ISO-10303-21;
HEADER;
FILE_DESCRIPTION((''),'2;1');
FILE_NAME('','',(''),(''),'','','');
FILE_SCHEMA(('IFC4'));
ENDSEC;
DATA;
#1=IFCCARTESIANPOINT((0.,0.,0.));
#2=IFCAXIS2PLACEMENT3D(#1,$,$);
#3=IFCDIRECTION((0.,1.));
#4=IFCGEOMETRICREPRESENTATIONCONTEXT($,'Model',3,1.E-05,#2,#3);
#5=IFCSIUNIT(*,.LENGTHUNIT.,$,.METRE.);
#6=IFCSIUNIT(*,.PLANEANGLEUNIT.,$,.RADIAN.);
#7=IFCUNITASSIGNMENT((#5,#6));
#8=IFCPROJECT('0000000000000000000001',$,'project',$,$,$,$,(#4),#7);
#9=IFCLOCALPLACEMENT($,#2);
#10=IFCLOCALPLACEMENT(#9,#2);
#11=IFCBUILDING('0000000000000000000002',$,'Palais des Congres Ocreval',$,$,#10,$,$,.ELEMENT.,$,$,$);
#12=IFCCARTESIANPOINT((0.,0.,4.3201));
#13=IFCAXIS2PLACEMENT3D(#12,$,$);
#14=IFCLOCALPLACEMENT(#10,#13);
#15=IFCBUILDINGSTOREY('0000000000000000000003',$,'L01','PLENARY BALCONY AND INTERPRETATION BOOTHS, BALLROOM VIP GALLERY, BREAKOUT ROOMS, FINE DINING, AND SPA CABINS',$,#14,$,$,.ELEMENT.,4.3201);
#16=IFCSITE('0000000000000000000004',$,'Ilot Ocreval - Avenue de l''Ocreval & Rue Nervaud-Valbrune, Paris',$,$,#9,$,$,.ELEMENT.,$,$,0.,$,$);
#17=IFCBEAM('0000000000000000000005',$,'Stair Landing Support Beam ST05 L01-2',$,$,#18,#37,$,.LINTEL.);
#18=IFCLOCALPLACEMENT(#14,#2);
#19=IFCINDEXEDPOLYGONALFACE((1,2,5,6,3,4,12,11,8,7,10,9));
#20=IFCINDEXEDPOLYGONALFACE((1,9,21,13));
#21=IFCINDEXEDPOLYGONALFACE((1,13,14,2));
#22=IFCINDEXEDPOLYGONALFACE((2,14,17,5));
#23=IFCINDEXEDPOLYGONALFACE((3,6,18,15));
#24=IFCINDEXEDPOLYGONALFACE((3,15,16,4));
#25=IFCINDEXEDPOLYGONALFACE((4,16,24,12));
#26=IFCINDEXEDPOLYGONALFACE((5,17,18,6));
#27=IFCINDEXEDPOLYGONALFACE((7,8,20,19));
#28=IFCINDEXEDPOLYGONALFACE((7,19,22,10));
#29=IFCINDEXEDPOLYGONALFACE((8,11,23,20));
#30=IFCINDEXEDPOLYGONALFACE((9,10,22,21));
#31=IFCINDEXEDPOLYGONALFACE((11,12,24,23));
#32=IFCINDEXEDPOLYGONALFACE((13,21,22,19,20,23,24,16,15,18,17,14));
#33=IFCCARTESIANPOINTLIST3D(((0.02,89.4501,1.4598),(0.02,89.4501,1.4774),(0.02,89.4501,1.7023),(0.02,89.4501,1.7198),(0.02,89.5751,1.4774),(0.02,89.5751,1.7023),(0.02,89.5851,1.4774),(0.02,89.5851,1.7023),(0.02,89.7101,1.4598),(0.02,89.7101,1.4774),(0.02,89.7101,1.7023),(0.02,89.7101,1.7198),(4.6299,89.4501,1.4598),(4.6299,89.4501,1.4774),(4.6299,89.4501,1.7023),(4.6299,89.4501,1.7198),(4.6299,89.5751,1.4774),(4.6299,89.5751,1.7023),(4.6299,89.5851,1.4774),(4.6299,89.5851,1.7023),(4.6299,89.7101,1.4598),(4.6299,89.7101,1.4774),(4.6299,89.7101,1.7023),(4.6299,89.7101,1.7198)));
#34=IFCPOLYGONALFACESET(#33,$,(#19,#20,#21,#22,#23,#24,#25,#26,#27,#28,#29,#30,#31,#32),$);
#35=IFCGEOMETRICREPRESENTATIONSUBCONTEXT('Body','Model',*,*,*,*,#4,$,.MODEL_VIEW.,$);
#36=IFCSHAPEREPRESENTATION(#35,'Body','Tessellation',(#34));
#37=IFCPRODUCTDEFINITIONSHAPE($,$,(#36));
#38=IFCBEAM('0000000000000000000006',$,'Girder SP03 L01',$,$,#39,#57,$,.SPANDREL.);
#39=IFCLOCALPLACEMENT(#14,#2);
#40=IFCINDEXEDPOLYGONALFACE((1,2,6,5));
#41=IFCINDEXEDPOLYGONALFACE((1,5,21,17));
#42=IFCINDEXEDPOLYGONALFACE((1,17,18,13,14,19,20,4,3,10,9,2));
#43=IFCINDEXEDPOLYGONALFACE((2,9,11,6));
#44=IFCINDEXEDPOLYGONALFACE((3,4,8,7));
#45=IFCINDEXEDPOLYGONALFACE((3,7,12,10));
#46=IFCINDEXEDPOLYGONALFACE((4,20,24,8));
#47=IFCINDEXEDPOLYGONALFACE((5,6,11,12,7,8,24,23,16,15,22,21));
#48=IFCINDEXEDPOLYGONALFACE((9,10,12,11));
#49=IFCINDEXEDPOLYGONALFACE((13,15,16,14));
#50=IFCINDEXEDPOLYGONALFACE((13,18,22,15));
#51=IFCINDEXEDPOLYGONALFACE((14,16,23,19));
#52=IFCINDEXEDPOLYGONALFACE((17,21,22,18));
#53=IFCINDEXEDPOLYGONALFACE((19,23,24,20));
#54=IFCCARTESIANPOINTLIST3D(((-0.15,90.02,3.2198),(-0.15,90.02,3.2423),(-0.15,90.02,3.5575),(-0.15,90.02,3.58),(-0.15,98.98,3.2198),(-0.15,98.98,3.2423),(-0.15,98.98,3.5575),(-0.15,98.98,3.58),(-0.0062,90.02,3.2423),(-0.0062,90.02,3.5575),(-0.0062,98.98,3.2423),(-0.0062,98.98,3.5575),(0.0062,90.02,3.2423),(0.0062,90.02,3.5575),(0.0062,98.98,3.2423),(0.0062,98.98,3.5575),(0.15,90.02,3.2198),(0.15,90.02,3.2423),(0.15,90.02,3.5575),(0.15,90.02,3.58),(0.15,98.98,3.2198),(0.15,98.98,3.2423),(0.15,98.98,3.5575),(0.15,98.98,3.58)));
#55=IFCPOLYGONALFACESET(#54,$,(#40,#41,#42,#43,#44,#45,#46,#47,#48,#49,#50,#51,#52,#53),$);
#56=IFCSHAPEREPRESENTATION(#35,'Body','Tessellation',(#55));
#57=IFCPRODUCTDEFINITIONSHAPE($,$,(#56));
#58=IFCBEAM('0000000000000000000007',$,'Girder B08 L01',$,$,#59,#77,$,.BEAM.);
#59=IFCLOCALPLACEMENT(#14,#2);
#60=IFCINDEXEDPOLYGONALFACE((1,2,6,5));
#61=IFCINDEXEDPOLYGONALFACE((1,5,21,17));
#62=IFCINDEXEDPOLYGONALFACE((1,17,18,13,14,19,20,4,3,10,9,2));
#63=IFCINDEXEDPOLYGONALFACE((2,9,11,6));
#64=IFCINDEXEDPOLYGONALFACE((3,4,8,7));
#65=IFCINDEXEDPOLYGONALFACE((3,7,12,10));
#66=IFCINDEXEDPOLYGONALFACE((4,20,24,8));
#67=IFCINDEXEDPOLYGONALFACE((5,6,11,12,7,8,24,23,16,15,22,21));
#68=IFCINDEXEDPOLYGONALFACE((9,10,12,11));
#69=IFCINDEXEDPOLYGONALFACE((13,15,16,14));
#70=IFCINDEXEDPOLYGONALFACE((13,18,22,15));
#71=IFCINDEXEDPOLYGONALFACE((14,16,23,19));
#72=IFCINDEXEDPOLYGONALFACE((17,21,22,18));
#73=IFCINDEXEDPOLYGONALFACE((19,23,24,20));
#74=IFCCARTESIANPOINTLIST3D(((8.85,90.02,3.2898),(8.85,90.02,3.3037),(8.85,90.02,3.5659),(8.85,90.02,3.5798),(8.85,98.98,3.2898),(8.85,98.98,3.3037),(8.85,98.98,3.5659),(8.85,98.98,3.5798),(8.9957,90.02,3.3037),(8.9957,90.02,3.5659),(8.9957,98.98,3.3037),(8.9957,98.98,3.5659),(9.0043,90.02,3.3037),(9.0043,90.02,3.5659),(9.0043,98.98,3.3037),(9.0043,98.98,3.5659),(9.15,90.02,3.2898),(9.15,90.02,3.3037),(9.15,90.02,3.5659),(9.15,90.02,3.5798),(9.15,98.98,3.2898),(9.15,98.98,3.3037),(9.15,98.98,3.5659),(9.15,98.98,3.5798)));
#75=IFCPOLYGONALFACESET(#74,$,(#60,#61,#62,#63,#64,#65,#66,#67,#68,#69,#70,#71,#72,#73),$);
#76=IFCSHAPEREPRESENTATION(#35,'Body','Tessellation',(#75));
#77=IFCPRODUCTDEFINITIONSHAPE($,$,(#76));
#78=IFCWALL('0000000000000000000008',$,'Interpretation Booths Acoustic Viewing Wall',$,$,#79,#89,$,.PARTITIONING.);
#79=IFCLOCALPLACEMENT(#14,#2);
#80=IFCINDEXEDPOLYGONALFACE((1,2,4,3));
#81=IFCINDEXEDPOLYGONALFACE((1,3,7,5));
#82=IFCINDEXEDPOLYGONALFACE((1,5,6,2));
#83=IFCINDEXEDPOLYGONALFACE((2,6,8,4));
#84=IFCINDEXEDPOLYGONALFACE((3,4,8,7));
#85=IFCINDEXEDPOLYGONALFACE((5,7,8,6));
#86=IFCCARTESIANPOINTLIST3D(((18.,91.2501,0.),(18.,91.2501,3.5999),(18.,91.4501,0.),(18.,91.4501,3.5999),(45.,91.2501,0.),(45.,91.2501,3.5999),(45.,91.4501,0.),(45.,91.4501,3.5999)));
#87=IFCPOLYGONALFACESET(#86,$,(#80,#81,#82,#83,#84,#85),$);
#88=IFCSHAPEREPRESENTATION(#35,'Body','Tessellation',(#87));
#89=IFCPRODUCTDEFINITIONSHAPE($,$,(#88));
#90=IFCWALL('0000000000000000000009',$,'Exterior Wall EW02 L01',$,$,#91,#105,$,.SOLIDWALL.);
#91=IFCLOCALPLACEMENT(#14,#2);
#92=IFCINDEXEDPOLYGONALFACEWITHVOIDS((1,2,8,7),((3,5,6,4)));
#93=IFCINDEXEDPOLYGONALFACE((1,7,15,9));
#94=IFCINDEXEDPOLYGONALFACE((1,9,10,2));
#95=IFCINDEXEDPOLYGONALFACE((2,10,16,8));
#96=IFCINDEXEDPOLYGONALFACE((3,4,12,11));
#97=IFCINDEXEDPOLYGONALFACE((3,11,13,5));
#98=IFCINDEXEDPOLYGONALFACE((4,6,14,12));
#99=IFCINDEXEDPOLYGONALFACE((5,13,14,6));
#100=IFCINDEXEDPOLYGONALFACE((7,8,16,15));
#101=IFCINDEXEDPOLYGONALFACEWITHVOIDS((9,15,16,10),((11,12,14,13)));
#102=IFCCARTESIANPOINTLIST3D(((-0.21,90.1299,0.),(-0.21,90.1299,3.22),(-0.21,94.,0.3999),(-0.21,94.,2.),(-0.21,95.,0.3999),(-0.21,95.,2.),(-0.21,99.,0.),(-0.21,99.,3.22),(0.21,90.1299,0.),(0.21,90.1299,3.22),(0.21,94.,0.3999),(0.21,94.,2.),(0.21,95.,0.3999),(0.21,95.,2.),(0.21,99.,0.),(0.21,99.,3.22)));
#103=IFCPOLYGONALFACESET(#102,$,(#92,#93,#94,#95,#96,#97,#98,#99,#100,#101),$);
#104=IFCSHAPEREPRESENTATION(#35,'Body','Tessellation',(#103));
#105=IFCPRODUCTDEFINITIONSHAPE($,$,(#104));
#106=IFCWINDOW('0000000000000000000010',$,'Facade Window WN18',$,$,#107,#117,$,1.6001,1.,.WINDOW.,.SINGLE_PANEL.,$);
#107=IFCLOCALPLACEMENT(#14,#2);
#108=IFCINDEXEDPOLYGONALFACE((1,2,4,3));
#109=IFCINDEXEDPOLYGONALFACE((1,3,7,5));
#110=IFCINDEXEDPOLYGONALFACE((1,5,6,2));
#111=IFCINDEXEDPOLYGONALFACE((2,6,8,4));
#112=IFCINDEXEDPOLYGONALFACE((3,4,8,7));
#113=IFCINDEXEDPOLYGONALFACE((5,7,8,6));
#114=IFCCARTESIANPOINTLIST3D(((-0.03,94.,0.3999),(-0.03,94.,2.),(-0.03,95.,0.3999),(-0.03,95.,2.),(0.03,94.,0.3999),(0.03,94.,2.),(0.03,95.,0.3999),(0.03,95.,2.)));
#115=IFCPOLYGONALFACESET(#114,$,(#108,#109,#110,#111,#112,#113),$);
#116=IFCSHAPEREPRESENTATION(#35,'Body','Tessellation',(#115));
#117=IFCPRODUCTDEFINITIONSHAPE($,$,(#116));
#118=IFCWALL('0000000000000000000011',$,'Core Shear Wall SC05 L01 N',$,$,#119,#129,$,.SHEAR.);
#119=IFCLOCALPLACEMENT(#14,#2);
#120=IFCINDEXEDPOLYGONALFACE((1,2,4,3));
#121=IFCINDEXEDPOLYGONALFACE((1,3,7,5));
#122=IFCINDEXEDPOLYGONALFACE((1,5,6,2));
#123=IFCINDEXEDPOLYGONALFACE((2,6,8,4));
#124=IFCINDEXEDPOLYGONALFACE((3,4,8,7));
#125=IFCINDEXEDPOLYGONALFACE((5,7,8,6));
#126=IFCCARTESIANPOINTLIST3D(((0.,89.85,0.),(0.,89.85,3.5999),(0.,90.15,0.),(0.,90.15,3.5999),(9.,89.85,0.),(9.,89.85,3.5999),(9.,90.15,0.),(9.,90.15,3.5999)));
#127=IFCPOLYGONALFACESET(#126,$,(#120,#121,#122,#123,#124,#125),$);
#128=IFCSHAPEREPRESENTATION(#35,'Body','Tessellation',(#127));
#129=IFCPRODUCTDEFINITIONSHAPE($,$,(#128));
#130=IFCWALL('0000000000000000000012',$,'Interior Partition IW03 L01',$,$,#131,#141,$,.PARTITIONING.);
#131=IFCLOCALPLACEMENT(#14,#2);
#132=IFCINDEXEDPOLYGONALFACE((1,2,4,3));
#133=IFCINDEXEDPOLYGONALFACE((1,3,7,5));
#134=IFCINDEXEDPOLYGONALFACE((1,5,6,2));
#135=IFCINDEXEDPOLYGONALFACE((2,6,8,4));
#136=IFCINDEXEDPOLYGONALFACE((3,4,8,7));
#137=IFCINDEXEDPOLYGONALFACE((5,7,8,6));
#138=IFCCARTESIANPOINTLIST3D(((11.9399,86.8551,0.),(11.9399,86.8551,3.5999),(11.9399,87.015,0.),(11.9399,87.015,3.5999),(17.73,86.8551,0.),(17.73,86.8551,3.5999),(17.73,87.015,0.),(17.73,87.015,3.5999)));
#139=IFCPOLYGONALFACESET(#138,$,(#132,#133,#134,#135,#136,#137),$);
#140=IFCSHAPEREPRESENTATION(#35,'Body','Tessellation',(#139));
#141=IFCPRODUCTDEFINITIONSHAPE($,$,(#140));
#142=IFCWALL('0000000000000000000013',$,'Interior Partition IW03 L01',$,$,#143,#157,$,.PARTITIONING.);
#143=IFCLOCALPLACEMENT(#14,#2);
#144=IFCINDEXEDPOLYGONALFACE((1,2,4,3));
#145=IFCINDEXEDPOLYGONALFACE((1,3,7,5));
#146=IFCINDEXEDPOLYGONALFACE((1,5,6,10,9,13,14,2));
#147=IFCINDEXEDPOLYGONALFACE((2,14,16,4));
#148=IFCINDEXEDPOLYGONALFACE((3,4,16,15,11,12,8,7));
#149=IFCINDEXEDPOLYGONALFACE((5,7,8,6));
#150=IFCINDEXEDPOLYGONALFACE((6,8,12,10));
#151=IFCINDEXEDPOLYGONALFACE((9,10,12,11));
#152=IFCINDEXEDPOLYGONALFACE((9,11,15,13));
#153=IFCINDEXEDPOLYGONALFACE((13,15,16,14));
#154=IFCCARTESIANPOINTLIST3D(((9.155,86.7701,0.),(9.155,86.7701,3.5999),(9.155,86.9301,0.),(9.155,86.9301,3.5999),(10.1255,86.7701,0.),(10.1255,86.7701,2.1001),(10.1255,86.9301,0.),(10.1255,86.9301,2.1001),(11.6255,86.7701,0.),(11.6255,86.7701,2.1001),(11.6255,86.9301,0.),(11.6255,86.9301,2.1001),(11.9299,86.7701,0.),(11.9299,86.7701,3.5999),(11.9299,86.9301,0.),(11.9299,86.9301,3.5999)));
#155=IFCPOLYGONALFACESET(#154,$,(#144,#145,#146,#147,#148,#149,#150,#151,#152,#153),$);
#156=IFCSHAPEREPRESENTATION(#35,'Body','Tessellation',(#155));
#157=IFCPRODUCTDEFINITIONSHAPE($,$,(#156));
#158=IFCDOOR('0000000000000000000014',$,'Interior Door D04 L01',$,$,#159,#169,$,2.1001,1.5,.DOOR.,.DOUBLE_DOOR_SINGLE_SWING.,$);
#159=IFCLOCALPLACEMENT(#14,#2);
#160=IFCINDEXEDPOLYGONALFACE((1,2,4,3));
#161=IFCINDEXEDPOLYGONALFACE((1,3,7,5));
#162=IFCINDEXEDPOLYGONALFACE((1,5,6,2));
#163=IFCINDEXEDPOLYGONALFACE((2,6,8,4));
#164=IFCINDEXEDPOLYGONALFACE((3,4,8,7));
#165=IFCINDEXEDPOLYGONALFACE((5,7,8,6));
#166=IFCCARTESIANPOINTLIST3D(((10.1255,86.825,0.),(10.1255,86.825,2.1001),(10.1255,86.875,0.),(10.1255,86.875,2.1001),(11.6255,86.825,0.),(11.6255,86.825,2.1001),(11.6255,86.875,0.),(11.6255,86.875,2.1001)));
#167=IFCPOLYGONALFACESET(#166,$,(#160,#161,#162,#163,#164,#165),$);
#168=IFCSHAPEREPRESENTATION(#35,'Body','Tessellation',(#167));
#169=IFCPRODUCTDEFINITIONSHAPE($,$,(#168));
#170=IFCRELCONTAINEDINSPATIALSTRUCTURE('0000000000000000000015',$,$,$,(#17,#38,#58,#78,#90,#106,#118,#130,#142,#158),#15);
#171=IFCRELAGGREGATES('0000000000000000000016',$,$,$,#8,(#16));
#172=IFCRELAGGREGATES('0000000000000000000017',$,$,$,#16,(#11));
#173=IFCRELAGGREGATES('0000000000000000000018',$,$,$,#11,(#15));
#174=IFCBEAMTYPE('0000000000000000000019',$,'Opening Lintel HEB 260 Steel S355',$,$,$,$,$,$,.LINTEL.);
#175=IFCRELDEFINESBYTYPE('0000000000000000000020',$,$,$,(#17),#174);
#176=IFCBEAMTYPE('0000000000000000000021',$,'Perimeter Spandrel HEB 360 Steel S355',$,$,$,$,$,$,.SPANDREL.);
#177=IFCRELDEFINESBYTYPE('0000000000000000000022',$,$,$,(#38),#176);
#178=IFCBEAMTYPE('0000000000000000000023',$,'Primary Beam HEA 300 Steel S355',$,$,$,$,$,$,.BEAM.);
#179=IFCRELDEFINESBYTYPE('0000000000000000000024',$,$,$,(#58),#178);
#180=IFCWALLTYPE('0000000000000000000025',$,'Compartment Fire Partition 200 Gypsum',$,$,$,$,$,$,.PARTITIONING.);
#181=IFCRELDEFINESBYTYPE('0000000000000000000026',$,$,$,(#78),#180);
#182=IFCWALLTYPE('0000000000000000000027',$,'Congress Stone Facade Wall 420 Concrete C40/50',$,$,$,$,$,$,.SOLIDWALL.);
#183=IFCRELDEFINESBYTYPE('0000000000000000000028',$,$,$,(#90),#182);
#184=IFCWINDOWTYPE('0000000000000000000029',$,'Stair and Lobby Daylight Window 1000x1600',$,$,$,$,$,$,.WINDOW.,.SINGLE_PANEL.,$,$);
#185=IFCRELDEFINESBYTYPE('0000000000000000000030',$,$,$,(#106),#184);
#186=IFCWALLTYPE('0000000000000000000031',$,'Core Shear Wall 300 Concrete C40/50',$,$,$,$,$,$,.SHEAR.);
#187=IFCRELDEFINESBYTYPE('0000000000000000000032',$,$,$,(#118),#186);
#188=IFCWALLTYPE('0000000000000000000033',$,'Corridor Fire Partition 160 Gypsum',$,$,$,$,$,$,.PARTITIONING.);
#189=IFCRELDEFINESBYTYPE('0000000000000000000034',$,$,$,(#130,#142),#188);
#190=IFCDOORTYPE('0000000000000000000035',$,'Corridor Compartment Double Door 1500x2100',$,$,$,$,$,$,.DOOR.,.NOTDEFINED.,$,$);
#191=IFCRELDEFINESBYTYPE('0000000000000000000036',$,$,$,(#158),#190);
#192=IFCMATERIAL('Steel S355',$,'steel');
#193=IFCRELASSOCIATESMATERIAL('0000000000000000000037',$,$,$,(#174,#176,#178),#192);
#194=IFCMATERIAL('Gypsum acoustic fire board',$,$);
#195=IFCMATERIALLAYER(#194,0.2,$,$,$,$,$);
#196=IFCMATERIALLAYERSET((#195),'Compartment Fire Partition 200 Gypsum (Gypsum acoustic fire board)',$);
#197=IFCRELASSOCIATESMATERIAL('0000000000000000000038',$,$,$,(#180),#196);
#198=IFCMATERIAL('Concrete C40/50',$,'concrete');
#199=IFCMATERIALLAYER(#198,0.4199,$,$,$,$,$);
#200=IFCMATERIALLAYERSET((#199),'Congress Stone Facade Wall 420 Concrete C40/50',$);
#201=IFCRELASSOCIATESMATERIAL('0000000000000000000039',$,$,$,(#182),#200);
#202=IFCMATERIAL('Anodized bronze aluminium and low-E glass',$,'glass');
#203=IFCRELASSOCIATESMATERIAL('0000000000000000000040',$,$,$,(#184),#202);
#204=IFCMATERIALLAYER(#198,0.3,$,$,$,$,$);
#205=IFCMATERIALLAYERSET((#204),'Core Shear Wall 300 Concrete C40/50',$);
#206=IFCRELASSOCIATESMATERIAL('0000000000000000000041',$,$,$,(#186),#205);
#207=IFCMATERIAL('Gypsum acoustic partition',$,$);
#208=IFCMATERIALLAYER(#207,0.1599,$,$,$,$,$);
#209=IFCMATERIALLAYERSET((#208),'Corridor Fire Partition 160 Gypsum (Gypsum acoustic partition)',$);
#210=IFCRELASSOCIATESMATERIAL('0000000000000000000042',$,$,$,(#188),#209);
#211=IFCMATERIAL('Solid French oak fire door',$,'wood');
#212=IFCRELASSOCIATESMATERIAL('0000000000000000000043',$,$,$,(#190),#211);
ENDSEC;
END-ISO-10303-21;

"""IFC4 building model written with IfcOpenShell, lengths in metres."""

from ifc_helpers import new_model, si_unit, direction, frame, frame_2d, origin, origin_2d, place, context, subcontext, project, spatial, rectangle, i_section, extrude, material, layer, layer_set, material_profile, profile_set, type_object, element, fill, save


model = new_model("IFC4")

# Units and contexts
model_context = context("Model", 3, precision=1e-05, world=origin(), true_north=direction((0.0, 1.0)))
body_context = subcontext(model_context, "Body", "Model", "MODEL_VIEW")
ifc_project = project(units=[si_unit("LENGTHUNIT", "METRE"), si_unit("PLANEANGLEUNIT", "RADIAN")], contexts=[model_context])

# Site, building, storey
site_placement = place(None, origin())
site = spatial("IfcSite", under=ifc_project, at=site_placement, Name="Ilot Ocreval - Avenue de l'Ocreval & Rue Nervaud-Valbrune, Paris", CompositionType="ELEMENT", RefElevation=0.0)
building_placement = place(site_placement, origin())
building = spatial("IfcBuilding", under=site, at=building_placement, Name="Palais des Congres Ocreval", CompositionType="ELEMENT")
storey_placement = place(building_placement, frame((0.0, 0.0, 4.3201)))
storey = spatial("IfcBuildingStorey", under=building, at=storey_placement, Name="L01", Description="PLENARY BALCONY AND INTERPRETATION BOOTHS, BALLROOM VIP GALLERY, BREAKOUT ROOMS, FINE DINING, AND SPA CABINS", CompositionType="ELEMENT", Elevation=4.3201)

# Shared definitions
ifc_material_1 = material(Name="Steel S355", Category="steel")

# Beams
ifc_material_profile_1 = material_profile(ifc_material_1, i_section(OverallWidth=0.26, OverallDepth=0.26, WebThickness=0.01, FlangeThickness=0.0176, at=origin_2d()), Name="HEB 260")
ifc_profile_set_1 = profile_set([ifc_material_profile_1], Name="Steel S355")
beam_type_1 = type_object("IfcBeamType", Name="Opening Lintel HEB 260 Steel S355", PredefinedType="LINTEL", material=ifc_profile_set_1)
for number, where, z_axis, x_axis, name in (
    (1, (0.02, 89.5801, 1.5898), (1.0, 0.0, 0.0), (0.0, 1.0, 0.0), "Stair Landing Support Beam ST05 L01-2"),
):
    element("IfcBeam", number, at=place(storey_placement, frame(where, z_axis=z_axis, x_axis=x_axis)), inside=storey, type_object=beam_type_1, Name=name, PredefinedType="LINTEL", context=body_context, shape_type="SweptSolid", body=[
        extrude(i_section(OverallWidth=0.26, OverallDepth=0.26, WebThickness=0.01, FlangeThickness=0.0176, at=origin_2d()), origin(), (0.0, 0.0, 1.0), 4.6099),
    ])
ifc_material_profile_2 = material_profile(ifc_material_1, i_section(OverallWidth=0.3, OverallDepth=0.3601, WebThickness=0.0125, FlangeThickness=0.0225, at=origin_2d()), Name="HEB 360")
ifc_profile_set_2 = profile_set([ifc_material_profile_2], Name="Steel S355")
beam_type_2 = type_object("IfcBeamType", Name="Perimeter Spandrel HEB 360 Steel S355", PredefinedType="SPANDREL", material=ifc_profile_set_2)
beam_1_placement = place(storey_placement, frame((0.0, 90.02, 3.3999), z_axis=(0.0, 1.0, 0.0), x_axis=(-1.0, 0.0, 0.0)))
element("IfcBeam", 2, at=beam_1_placement, inside=storey, type_object=beam_type_2, Name="Girder SP03 L01", PredefinedType="SPANDREL", context=body_context, shape_type="SweptSolid", body=[
    extrude(i_section(OverallWidth=0.3, OverallDepth=0.3601, WebThickness=0.0125, FlangeThickness=0.0225, at=origin_2d()), origin(), (0.0, 0.0, 1.0), 8.96),
])
ifc_material_profile_3 = material_profile(ifc_material_1, i_section(OverallWidth=0.3, OverallDepth=0.29, WebThickness=0.0085, FlangeThickness=0.0139, at=origin_2d()), Name="HEA 300")
ifc_profile_set_3 = profile_set([ifc_material_profile_3], Name="Steel S355")
beam_type_3 = type_object("IfcBeamType", Name="Primary Beam HEA 300 Steel S355", PredefinedType="BEAM", material=ifc_profile_set_3)
beam_2_placement = place(storey_placement, frame((9.0, 90.02, 3.4348), z_axis=(0.0, 1.0, 0.0), x_axis=(-1.0, 0.0, 0.0)))
element("IfcBeam", 3, at=beam_2_placement, inside=storey, type_object=beam_type_3, Name="Girder B08 L01", PredefinedType="BEAM", context=body_context, shape_type="SweptSolid", body=[
    extrude(i_section(OverallWidth=0.3, OverallDepth=0.29, WebThickness=0.0085, FlangeThickness=0.0139, at=origin_2d()), origin(), (0.0, 0.0, 1.0), 8.96),
])

# Wall
ifc_material_2 = material(Name="Gypsum acoustic fire board")
ifc_layer_1 = layer(ifc_material_2, 0.2)
ifc_layer_set_1 = layer_set([ifc_layer_1], Name="Compartment Fire Partition 200 Gypsum (Gypsum acoustic fire board)")
wall_type_1 = type_object("IfcWallType", Name="Compartment Fire Partition 200 Gypsum", PredefinedType="PARTITIONING", material=ifc_layer_set_1)
wall_1_placement = place(storey_placement, frame((18.0, 91.3501, 0.0), z_axis=(0.0, 0.0, 1.0), x_axis=(1.0, 0.0, 0.0)))
element("IfcWall", 4, at=wall_1_placement, inside=storey, type_object=wall_type_1, Name="Interpretation Booths Acoustic Viewing Wall", PredefinedType="PARTITIONING", context=body_context, shape_type="SweptSolid", body=[
    extrude(rectangle(XDim=27.0, YDim=0.2, at=frame_2d((13.5, 0.0))), origin(), (0.0, 0.0, 1.0), 3.5999),
])

# Wall, opening, window
ifc_material_3 = material(Name="Concrete C40/50", Category="concrete")
ifc_layer_2 = layer(ifc_material_3, 0.4199)
ifc_layer_set_2 = layer_set([ifc_layer_2], Name="Congress Stone Facade Wall 420 Concrete C40/50")
wall_type_2 = type_object("IfcWallType", Name="Congress Stone Facade Wall 420 Concrete C40/50", PredefinedType="SOLIDWALL", material=ifc_layer_set_2)
wall_2_placement = place(storey_placement, frame((0.0, 90.1299, 0.0), z_axis=(0.0, 0.0, 1.0), x_axis=(0.0, 1.0, 0.0)))
wall_2 = element("IfcWall", 5, at=wall_2_placement, inside=storey, type_object=wall_type_2, Name="Exterior Wall EW02 L01", PredefinedType="SOLIDWALL", context=body_context, shape_type="SweptSolid", body=[
    extrude(rectangle(XDim=8.8701, YDim=0.4199, at=frame_2d((4.4351, 0.0))), origin(), (0.0, 0.0, 1.0), 3.22),
])
opening_1_placement = place(wall_2_placement, frame((3.8701, 0.0, 0.3999)))
opening_1 = element("IfcOpeningElement", 6, at=opening_1_placement, cuts=wall_2, PredefinedType="OPENING", context=body_context, shape_type="SweptSolid", body=[
    extrude(rectangle(XDim=1.0, YDim=1.6001, at=frame_2d((0.5, 0.8))), frame((0.0, 0.22, 0.0), z_axis=(0.0, -1.0, 0.0), x_axis=(1.0, 0.0, 0.0)), (0.0, 0.0, 1.0), 0.4399),
])
ifc_material_4 = material(Name="Anodized bronze aluminium and low-E glass", Category="glass")
window_type = type_object("IfcWindowType", Name="Stair and Lobby Daylight Window 1000x1600", PartitioningType="SINGLE_PANEL", PredefinedType="WINDOW", material=ifc_material_4)
window_placement = place(opening_1_placement, origin())
window = element("IfcWindow", 7, at=window_placement, inside=storey, type_object=window_type, Name="Facade Window WN18", OverallHeight=1.6001, OverallWidth=1.0, PartitioningType="SINGLE_PANEL", PredefinedType="WINDOW", context=body_context, shape_type="SweptSolid", body=[
    extrude(rectangle(XDim=1.0, YDim=1.6001, at=frame_2d((0.5, 0.8))), frame((0.0, 0.03, 0.0), z_axis=(0.0, -1.0, 0.0), x_axis=(1.0, 0.0, 0.0)), (0.0, 0.0, 1.0), 0.0601),
])
fill(opening_1, window)

# Walls
ifc_layer_3 = layer(ifc_material_3, 0.3)
ifc_layer_set_3 = layer_set([ifc_layer_3], Name="Core Shear Wall 300 Concrete C40/50")
wall_type_3 = type_object("IfcWallType", Name="Core Shear Wall 300 Concrete C40/50", PredefinedType="SHEAR", material=ifc_layer_set_3)
wall_3_placement = place(storey_placement, frame((0.0, 90.0, 0.0), z_axis=(0.0, 0.0, 1.0), x_axis=(1.0, 0.0, 0.0)))
element("IfcWall", 8, at=wall_3_placement, inside=storey, type_object=wall_type_3, Name="Core Shear Wall SC05 L01 N", PredefinedType="SHEAR", context=body_context, shape_type="SweptSolid", body=[
    extrude(rectangle(XDim=9.0, YDim=0.3, at=frame_2d((4.5, 0.0))), origin(), (0.0, 0.0, 1.0), 3.5999),
])
ifc_material_5 = material(Name="Gypsum acoustic partition")
ifc_layer_4 = layer(ifc_material_5, 0.1599)
ifc_layer_set_4 = layer_set([ifc_layer_4], Name="Corridor Fire Partition 160 Gypsum (Gypsum acoustic partition)")
wall_type_4 = type_object("IfcWallType", Name="Corridor Fire Partition 160 Gypsum", PredefinedType="PARTITIONING", material=ifc_layer_set_4)
wall_4_placement = place(storey_placement, frame((11.9399, 86.9351, 0.0), z_axis=(0.0, 0.0, 1.0), x_axis=(1.0, 0.0, 0.0)))
element("IfcWall", 9, at=wall_4_placement, inside=storey, type_object=wall_type_4, Name="Interior Partition IW03 L01", PredefinedType="PARTITIONING", context=body_context, shape_type="SweptSolid", body=[
    extrude(rectangle(XDim=5.79, YDim=0.1599, at=frame_2d((2.895, 0.0))), origin(), (0.0, 0.0, 1.0), 3.5999),
])

# Wall, opening, door
wall_5_placement = place(storey_placement, frame((9.155, 86.8501, 0.0), z_axis=(0.0, 0.0, 1.0), x_axis=(1.0, 0.0, 0.0)))
wall_5 = element("IfcWall", 10, at=wall_5_placement, inside=storey, type_object=wall_type_4, Name="Interior Partition IW03 L01", PredefinedType="PARTITIONING", context=body_context, shape_type="SweptSolid", body=[
    extrude(rectangle(XDim=2.7749, YDim=0.1599, at=frame_2d((1.3875, 0.0))), origin(), (0.0, 0.0, 1.0), 3.5999),
])
opening_2_placement = place(wall_5_placement, frame((0.9705, 0.0, 0.0)))
opening_2 = element("IfcOpeningElement", 11, at=opening_2_placement, cuts=wall_5, PredefinedType="OPENING", context=body_context, shape_type="SweptSolid", body=[
    extrude(rectangle(XDim=1.5, YDim=2.1001, at=frame_2d((0.75, 1.05))), frame((0.0, 0.0898, 0.0), z_axis=(0.0, -1.0, 0.0), x_axis=(1.0, 0.0, 0.0)), (0.0, 0.0, 1.0), 0.1799),
])
ifc_material_6 = material(Name="Solid French oak fire door", Category="wood")
door_type_1 = type_object("IfcDoorType", Name="Corridor Compartment Double Door 1500x2100", OperationType="NOTDEFINED", PredefinedType="DOOR", material=ifc_material_6)
door_1_placement = place(opening_2_placement, origin())
door_1 = element("IfcDoor", 12, at=door_1_placement, inside=storey, type_object=door_type_1, Name="Interior Door D04 L01", OperationType="DOUBLE_DOOR_SINGLE_SWING", OverallHeight=2.1001, OverallWidth=1.5, PredefinedType="DOOR", context=body_context, shape_type="SweptSolid", body=[
    extrude(rectangle(XDim=1.5, YDim=2.1001, at=frame_2d((0.75, 1.05))), frame((0.0, 0.0249, 0.0), z_axis=(0.0, -1.0, 0.0), x_axis=(1.0, 0.0, 0.0)), (0.0, 0.0, 1.0), 0.05),
])
fill(opening_2, door_1)

save(model, "model.ifc")
